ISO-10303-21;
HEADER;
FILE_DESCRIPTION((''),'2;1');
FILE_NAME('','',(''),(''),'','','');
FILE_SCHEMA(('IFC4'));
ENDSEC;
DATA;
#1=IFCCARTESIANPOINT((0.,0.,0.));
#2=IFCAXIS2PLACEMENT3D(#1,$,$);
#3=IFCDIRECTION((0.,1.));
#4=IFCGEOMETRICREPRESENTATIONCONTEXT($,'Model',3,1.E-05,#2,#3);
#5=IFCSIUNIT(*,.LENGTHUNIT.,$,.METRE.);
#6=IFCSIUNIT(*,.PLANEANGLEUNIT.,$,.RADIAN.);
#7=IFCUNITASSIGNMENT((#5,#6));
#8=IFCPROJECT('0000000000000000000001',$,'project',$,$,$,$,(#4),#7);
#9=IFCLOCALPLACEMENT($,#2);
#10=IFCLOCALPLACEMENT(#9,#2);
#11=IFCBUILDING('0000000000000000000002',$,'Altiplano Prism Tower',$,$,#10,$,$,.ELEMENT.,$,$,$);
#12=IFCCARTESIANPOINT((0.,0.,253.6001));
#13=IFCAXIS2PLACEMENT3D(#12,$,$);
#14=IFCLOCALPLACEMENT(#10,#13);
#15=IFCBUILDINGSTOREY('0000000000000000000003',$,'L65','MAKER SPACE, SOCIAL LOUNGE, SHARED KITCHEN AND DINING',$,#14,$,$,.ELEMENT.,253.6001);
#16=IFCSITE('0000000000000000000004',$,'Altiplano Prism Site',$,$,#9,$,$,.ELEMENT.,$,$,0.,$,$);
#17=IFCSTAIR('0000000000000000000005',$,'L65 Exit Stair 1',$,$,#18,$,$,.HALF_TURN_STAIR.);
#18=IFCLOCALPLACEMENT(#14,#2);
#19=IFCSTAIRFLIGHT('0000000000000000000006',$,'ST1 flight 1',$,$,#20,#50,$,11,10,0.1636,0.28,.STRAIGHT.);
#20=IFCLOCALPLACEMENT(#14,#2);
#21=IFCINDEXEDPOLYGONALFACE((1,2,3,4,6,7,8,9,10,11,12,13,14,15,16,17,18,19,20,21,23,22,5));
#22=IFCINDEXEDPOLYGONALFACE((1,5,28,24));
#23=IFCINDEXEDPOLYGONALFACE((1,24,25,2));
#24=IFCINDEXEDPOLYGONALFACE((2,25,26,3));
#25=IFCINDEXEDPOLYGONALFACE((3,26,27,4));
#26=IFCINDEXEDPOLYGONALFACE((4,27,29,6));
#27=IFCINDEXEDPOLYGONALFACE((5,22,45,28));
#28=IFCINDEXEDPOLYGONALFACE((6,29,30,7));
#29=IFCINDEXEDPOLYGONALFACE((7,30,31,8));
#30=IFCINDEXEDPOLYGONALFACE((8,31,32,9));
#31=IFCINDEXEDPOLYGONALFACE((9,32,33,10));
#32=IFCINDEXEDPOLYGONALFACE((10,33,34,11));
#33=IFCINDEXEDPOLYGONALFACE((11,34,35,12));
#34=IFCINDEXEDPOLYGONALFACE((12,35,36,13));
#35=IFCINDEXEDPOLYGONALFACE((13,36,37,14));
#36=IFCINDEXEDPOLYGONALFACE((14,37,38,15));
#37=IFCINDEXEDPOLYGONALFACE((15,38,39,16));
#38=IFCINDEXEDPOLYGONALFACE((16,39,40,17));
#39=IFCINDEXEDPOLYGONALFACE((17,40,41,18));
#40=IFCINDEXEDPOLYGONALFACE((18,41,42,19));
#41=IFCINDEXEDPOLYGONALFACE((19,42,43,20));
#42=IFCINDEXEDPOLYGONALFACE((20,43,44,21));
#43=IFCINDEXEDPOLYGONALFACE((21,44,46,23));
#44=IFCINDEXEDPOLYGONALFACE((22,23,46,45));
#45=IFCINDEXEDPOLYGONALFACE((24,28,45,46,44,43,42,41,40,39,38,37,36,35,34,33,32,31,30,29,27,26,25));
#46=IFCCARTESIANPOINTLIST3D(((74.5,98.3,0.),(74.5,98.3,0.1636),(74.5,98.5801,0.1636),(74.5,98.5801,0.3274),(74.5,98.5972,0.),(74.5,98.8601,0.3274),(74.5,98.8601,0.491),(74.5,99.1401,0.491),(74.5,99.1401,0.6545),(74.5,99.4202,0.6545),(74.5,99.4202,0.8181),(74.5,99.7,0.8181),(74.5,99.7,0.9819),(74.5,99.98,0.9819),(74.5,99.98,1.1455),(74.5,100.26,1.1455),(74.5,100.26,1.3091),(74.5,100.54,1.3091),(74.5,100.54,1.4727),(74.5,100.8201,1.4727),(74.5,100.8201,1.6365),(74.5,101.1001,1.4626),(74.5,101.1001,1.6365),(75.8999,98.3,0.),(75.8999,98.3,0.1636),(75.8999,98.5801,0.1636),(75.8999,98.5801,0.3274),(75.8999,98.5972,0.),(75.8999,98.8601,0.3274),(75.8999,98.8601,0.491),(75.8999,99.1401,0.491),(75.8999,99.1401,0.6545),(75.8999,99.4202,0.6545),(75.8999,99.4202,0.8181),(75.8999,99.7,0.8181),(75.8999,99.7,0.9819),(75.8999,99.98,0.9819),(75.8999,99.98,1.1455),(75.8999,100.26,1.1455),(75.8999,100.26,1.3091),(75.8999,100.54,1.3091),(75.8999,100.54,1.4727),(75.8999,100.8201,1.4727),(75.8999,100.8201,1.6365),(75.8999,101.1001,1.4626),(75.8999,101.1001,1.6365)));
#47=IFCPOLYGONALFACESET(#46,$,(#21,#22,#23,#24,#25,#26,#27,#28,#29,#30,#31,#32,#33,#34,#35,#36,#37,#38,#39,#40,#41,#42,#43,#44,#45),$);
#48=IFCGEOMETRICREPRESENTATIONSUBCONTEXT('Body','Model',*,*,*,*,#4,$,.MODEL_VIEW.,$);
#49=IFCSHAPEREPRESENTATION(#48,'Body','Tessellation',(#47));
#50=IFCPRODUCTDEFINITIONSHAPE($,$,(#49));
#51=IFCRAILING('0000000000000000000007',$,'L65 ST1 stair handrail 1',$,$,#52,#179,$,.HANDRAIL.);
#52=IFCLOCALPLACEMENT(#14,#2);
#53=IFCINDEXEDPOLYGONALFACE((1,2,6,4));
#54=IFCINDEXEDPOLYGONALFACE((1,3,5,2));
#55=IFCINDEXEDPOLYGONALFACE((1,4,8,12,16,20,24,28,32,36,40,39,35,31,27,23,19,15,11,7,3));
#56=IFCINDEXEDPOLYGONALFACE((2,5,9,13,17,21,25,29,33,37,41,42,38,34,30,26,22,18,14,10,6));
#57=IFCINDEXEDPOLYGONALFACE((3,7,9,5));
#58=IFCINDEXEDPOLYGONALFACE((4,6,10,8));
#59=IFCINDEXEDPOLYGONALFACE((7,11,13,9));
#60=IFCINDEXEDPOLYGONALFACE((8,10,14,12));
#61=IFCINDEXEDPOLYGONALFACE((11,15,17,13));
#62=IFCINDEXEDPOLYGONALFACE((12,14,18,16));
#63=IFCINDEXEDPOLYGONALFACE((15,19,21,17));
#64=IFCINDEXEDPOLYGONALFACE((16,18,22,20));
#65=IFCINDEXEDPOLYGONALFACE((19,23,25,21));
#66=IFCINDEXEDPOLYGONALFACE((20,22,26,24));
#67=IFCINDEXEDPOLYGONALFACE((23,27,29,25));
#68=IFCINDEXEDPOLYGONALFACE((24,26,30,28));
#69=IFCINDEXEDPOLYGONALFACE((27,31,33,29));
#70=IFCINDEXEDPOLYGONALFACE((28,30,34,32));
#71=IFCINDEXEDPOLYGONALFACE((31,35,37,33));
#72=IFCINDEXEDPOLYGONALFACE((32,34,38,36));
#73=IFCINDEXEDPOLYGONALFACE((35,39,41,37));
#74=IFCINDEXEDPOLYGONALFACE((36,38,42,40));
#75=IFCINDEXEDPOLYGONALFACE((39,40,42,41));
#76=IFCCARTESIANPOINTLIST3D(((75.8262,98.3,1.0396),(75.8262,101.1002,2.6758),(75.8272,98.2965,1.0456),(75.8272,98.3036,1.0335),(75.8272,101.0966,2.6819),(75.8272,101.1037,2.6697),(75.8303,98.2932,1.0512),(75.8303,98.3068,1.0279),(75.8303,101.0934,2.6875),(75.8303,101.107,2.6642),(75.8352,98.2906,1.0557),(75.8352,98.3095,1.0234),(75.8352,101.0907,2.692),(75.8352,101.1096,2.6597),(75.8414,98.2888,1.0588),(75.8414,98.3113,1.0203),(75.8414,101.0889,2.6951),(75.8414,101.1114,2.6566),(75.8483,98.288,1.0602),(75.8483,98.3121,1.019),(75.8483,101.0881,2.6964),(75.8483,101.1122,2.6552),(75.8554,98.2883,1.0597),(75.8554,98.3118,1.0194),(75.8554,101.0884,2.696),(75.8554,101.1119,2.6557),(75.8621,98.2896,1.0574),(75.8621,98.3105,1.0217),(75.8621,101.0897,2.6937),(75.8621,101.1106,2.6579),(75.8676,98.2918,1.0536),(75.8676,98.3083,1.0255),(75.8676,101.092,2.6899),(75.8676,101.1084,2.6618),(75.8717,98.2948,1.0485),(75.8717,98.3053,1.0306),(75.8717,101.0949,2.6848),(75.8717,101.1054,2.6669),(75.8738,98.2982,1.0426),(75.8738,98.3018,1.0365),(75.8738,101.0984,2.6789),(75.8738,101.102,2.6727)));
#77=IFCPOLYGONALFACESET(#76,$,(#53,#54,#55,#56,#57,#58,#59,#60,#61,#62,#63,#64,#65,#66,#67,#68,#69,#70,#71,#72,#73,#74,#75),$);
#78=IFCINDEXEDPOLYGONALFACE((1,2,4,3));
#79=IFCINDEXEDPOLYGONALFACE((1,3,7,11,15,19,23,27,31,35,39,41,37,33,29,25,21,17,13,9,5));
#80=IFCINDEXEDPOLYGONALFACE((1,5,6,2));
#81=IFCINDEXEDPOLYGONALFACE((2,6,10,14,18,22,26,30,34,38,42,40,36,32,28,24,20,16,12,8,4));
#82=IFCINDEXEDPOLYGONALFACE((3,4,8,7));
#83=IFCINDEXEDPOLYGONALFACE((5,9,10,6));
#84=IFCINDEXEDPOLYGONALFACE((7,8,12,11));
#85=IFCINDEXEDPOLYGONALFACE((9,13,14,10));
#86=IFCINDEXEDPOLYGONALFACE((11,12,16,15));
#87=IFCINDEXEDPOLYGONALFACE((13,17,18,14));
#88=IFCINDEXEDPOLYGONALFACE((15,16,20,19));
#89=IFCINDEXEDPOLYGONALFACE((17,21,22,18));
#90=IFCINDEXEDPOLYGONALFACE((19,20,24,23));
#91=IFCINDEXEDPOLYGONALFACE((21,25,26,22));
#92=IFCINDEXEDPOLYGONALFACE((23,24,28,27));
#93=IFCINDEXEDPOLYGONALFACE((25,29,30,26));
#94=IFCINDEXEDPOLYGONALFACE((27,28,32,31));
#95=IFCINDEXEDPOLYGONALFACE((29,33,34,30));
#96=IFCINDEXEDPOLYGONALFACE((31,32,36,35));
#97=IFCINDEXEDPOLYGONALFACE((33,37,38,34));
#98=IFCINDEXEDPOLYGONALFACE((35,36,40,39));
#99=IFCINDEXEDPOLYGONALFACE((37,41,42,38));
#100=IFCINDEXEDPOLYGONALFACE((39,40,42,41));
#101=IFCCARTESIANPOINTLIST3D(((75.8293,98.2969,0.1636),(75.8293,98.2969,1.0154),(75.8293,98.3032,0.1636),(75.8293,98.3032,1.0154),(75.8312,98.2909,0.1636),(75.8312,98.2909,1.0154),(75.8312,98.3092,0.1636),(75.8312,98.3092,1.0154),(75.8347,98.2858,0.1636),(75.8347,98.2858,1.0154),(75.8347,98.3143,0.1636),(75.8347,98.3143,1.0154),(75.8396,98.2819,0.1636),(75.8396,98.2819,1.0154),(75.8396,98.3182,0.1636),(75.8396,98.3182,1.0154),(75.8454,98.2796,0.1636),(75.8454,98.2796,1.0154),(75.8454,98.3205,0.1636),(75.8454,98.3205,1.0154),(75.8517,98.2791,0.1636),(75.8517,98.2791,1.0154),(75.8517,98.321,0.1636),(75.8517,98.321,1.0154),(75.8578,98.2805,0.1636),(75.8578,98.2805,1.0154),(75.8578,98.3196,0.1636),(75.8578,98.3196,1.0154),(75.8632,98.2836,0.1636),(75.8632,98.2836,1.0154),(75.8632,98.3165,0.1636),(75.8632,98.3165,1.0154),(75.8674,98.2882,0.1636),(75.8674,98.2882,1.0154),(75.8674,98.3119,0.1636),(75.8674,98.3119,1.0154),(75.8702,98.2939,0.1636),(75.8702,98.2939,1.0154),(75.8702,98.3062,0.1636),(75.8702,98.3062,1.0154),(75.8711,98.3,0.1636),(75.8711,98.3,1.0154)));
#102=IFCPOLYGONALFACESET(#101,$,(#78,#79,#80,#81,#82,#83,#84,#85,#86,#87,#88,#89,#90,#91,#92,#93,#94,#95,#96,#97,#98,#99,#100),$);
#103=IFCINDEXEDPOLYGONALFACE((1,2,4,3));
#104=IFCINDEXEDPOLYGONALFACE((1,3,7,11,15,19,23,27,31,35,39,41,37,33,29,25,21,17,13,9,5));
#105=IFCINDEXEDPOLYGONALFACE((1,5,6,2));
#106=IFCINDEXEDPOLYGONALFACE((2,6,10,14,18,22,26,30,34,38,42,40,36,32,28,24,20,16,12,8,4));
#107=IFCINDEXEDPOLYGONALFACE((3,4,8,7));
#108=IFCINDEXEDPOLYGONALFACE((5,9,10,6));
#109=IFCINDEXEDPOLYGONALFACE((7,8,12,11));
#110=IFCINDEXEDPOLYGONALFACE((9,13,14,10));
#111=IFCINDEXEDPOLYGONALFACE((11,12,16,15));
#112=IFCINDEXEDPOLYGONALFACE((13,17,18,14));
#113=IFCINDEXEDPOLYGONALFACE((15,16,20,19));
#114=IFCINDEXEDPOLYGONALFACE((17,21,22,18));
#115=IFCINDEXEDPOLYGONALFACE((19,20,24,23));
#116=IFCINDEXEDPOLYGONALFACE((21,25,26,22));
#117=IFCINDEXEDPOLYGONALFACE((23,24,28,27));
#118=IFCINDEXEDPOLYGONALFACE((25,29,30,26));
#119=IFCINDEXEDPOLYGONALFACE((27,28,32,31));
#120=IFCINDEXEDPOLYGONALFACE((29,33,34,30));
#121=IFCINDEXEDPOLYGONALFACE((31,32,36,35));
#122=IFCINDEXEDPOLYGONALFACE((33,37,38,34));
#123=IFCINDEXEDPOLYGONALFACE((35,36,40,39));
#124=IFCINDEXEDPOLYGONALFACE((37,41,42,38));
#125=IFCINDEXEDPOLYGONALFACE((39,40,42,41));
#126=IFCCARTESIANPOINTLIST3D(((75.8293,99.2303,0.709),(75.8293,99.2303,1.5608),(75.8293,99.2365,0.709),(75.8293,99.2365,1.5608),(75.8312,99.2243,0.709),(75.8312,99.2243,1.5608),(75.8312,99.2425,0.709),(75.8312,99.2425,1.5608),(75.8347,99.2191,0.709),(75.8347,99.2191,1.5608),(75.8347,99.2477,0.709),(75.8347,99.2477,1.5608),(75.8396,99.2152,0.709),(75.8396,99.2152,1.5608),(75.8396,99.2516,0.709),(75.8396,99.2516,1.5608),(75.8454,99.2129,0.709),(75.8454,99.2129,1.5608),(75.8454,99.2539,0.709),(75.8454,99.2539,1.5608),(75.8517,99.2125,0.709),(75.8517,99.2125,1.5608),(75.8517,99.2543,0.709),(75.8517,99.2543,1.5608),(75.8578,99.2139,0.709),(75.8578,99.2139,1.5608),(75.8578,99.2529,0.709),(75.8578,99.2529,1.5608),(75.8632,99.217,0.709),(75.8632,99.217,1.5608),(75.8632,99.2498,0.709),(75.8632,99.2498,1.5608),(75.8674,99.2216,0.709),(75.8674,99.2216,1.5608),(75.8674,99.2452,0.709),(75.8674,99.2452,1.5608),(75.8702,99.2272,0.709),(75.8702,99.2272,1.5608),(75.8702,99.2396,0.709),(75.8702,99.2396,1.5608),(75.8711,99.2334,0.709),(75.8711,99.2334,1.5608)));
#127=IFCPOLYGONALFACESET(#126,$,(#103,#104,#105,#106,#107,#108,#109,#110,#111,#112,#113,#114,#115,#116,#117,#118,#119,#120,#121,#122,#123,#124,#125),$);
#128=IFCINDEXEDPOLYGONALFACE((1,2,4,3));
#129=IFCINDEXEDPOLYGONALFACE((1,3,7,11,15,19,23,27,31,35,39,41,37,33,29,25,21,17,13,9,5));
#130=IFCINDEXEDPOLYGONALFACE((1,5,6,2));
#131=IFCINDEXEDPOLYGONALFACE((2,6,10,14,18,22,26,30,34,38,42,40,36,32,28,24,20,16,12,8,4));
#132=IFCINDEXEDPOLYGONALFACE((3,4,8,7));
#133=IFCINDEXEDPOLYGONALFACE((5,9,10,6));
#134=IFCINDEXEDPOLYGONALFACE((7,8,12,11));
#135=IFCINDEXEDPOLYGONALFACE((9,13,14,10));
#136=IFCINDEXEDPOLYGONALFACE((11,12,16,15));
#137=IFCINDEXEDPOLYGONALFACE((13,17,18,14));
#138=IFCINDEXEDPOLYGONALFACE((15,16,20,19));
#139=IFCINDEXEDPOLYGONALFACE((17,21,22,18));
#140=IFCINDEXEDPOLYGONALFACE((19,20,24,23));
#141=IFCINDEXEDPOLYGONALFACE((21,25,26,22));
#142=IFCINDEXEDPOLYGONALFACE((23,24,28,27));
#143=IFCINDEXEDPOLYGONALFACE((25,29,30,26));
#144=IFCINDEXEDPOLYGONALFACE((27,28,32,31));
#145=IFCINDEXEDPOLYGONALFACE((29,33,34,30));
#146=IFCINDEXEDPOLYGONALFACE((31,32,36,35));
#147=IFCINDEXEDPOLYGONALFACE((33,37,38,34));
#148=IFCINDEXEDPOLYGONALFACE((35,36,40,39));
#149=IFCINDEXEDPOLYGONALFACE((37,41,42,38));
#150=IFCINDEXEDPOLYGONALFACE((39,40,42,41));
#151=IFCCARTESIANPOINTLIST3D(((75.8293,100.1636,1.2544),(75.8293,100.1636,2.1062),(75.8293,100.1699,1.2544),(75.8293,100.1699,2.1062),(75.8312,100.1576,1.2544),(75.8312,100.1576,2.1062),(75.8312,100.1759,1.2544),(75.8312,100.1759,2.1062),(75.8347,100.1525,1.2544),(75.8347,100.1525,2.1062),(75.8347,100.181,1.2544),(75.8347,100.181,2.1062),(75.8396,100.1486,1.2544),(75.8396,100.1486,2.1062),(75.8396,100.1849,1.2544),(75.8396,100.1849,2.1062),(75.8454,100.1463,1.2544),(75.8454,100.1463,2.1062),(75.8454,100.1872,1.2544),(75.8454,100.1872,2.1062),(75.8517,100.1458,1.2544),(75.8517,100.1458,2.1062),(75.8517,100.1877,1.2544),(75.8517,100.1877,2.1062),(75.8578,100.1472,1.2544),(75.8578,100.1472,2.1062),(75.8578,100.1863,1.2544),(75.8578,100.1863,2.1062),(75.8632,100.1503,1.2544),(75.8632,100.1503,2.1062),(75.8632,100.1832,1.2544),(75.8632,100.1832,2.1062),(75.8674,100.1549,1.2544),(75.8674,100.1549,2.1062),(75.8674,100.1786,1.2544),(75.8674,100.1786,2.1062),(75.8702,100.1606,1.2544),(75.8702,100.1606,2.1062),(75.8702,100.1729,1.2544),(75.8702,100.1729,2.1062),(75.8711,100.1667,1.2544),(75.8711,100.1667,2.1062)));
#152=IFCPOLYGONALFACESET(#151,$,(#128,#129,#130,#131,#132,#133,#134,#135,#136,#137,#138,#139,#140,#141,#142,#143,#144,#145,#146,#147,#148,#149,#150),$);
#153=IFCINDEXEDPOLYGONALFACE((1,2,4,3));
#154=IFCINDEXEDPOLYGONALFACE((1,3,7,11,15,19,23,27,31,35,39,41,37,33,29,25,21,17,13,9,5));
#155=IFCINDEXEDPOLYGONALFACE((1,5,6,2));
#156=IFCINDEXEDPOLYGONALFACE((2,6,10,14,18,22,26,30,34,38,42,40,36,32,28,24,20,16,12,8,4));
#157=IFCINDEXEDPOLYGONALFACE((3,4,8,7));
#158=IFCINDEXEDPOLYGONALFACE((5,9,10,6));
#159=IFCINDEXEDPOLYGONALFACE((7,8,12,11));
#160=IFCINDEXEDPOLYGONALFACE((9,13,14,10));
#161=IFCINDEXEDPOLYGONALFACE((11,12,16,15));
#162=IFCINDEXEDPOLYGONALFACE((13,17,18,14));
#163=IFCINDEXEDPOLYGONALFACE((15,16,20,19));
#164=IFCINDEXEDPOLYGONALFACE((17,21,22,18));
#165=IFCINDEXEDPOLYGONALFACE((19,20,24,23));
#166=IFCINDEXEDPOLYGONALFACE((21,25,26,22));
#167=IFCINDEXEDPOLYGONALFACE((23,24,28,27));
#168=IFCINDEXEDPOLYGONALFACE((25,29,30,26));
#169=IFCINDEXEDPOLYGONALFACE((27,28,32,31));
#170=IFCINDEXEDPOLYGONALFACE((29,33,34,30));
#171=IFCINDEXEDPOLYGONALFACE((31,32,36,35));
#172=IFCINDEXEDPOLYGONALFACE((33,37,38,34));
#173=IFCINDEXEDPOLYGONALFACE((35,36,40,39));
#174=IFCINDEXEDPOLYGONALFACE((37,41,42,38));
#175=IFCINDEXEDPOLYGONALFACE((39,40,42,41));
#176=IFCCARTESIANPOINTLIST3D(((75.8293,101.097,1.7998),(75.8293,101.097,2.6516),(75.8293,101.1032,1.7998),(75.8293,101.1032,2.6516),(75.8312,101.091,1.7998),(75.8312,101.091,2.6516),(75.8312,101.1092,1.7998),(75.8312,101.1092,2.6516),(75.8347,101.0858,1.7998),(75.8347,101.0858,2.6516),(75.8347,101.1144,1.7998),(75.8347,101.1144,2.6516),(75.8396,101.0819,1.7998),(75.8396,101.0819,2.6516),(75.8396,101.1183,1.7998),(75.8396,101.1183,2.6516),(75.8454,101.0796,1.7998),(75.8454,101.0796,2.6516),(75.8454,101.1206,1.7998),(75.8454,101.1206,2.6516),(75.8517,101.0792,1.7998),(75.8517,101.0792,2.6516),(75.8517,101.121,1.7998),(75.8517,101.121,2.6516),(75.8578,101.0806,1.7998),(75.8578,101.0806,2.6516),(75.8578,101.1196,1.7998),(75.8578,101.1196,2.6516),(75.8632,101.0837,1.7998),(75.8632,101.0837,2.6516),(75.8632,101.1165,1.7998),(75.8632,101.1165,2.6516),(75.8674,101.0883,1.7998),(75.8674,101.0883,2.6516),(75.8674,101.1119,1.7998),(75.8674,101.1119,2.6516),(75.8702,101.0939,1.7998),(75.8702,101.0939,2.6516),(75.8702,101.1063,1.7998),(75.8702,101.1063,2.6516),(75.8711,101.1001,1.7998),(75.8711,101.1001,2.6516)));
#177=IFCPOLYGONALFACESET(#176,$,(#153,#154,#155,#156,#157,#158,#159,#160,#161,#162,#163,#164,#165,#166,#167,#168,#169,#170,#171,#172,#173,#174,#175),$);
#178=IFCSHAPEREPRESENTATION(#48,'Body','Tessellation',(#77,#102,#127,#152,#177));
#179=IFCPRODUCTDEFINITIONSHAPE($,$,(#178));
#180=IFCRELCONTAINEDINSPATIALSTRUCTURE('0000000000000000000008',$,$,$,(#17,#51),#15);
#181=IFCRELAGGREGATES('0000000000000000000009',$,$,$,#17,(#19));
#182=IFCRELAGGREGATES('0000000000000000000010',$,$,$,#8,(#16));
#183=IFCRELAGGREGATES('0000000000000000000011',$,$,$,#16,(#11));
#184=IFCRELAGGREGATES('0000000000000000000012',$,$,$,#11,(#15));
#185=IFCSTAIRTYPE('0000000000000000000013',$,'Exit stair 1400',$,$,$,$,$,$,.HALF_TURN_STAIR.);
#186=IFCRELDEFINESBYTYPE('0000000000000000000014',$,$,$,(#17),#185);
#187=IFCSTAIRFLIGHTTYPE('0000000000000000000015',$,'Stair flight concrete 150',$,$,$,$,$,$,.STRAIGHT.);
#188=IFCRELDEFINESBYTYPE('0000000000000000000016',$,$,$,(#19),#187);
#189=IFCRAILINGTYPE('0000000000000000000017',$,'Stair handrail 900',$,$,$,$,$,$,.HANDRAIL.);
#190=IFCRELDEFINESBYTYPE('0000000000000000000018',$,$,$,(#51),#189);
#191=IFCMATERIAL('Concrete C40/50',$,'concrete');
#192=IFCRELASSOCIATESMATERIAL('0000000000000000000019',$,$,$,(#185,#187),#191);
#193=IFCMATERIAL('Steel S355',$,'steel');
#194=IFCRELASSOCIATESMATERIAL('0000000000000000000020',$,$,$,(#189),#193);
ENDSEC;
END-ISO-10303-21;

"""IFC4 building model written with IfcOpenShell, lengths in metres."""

from ifc_helpers import new_model, si_unit, direction, frame, origin, origin_2d, place, context, subcontext, project, spatial, polyline, circle, outline, extrude, material, type_object, element, aggregate, save


model = new_model("IFC4")

# Units and contexts
model_context = context("Model", 3, precision=1e-05, world=origin(), true_north=direction((0.0, 1.0)))
body_context = subcontext(model_context, "Body", "Model", "MODEL_VIEW")
ifc_project = project(units=[si_unit("LENGTHUNIT", "METRE"), si_unit("PLANEANGLEUNIT", "RADIAN")], contexts=[model_context])

# Site, building, storey
site_placement = place(None, origin())
site = spatial("IfcSite", under=ifc_project, at=site_placement, Name="Altiplano Prism Site", CompositionType="ELEMENT", RefElevation=0.0)
building_placement = place(site_placement, origin())
building = spatial("IfcBuilding", under=site, at=building_placement, Name="Altiplano Prism Tower", CompositionType="ELEMENT")
storey_placement = place(building_placement, frame((0.0, 0.0, 253.6001)))
storey = spatial("IfcBuildingStorey", under=building, at=storey_placement, Name="L65", Description="MAKER SPACE, SOCIAL LOUNGE, SHARED KITCHEN AND DINING", CompositionType="ELEMENT", Elevation=253.6001)

# Stair, stair flight
ifc_material_1 = material(Name="Concrete C40/50", Category="concrete")
stair_type = type_object("IfcStairType", Name="Exit stair 1400", PredefinedType="HALF_TURN_STAIR", material=ifc_material_1)
stair_placement = place(storey_placement, origin())
stair = element("IfcStair", 1, at=stair_placement, inside=storey, type_object=stair_type, Name="L65 Exit Stair 1", PredefinedType="HALF_TURN_STAIR")
stair_flight_type = type_object("IfcStairFlightType", Name="Stair flight concrete 150", PredefinedType="STRAIGHT", material=ifc_material_1)
stair_flight_placement = place(storey_placement, frame((75.2, 98.3, 0.0), z_axis=(0.0, 0.0, 1.0), x_axis=(0.0, 1.0, 0.0)))
stair_flight = element("IfcStairFlight", 2, at=stair_flight_placement, type_object=stair_flight_type, Name="ST1 flight 1", NumberOfRisers=11, NumberOfTreads=10, PredefinedType="STRAIGHT", RiserHeight=0.1636, TreadLength=0.28, context=body_context, shape_type="SweptSolid", body=[
    extrude(outline(polyline([(0.0, 0.0), (0.0, 0.1636), (0.28, 0.1636), (0.28, 0.3274), (0.5601, 0.3274), (0.5601, 0.491), (0.8401, 0.491), (0.8401, 0.6545), (1.1201, 0.6545), (1.1201, 0.8181), (1.3999, 0.8181), (1.3999, 0.9819), (1.6799, 0.9819), (1.6799, 1.1455), (1.96, 1.1455), (1.96, 1.3091), (2.24, 1.3091), (2.24, 1.4727), (2.52, 1.4727), (2.52, 1.6365), (2.8, 1.6365), (2.8, 1.8), (2.8, 1.4626), (0.2971, 0.0), (0.0, 0.0)])), frame((0.0, 0.7, 0.0), z_axis=(0.0, -1.0, 0.0), x_axis=(1.0, 0.0, 0.0)), (0.0, 0.0, 1.0), 1.3999),
])
aggregate(stair, [stair_flight])

# Railing
ifc_material_2 = material(Name="Steel S355", Category="steel")
railing_type_1 = type_object("IfcRailingType", Name="Stair handrail 900", PredefinedType="HANDRAIL", material=ifc_material_2)
railing_1_placement = place(storey_placement, frame((75.8501, 98.3, 0.1636)))
element("IfcRailing", 3, at=railing_1_placement, inside=storey, type_object=railing_type_1, Name="L65 ST1 stair handrail 1", PredefinedType="HANDRAIL", context=body_context, shape_type="SweptSolid", body=[
    extrude(circle(Radius=0.0239, at=origin_2d()), frame((0.0, 0.0, 0.876), z_axis=(0.0, 0.863394, 0.504531), x_axis=(-1.0, 0.0, 0.0)), (0.0, 0.0, 1.0), 3.2432),
    extrude(circle(Radius=0.021, at=origin_2d()), origin(), (0.0, 0.0, 1.0), 0.8518),
    extrude(circle(Radius=0.021, at=origin_2d()), frame((0.0, 0.9333, 0.5454)), (0.0, 0.0, 1.0), 0.8518),
    extrude(circle(Radius=0.021, at=origin_2d()), frame((0.0, 1.8667, 1.0908)), (0.0, 0.0, 1.0), 0.8518),
    extrude(circle(Radius=0.021, at=origin_2d()), frame((0.0, 2.8, 1.6362)), (0.0, 0.0, 1.0), 0.8518),
])

save(model, "model.ifc")
